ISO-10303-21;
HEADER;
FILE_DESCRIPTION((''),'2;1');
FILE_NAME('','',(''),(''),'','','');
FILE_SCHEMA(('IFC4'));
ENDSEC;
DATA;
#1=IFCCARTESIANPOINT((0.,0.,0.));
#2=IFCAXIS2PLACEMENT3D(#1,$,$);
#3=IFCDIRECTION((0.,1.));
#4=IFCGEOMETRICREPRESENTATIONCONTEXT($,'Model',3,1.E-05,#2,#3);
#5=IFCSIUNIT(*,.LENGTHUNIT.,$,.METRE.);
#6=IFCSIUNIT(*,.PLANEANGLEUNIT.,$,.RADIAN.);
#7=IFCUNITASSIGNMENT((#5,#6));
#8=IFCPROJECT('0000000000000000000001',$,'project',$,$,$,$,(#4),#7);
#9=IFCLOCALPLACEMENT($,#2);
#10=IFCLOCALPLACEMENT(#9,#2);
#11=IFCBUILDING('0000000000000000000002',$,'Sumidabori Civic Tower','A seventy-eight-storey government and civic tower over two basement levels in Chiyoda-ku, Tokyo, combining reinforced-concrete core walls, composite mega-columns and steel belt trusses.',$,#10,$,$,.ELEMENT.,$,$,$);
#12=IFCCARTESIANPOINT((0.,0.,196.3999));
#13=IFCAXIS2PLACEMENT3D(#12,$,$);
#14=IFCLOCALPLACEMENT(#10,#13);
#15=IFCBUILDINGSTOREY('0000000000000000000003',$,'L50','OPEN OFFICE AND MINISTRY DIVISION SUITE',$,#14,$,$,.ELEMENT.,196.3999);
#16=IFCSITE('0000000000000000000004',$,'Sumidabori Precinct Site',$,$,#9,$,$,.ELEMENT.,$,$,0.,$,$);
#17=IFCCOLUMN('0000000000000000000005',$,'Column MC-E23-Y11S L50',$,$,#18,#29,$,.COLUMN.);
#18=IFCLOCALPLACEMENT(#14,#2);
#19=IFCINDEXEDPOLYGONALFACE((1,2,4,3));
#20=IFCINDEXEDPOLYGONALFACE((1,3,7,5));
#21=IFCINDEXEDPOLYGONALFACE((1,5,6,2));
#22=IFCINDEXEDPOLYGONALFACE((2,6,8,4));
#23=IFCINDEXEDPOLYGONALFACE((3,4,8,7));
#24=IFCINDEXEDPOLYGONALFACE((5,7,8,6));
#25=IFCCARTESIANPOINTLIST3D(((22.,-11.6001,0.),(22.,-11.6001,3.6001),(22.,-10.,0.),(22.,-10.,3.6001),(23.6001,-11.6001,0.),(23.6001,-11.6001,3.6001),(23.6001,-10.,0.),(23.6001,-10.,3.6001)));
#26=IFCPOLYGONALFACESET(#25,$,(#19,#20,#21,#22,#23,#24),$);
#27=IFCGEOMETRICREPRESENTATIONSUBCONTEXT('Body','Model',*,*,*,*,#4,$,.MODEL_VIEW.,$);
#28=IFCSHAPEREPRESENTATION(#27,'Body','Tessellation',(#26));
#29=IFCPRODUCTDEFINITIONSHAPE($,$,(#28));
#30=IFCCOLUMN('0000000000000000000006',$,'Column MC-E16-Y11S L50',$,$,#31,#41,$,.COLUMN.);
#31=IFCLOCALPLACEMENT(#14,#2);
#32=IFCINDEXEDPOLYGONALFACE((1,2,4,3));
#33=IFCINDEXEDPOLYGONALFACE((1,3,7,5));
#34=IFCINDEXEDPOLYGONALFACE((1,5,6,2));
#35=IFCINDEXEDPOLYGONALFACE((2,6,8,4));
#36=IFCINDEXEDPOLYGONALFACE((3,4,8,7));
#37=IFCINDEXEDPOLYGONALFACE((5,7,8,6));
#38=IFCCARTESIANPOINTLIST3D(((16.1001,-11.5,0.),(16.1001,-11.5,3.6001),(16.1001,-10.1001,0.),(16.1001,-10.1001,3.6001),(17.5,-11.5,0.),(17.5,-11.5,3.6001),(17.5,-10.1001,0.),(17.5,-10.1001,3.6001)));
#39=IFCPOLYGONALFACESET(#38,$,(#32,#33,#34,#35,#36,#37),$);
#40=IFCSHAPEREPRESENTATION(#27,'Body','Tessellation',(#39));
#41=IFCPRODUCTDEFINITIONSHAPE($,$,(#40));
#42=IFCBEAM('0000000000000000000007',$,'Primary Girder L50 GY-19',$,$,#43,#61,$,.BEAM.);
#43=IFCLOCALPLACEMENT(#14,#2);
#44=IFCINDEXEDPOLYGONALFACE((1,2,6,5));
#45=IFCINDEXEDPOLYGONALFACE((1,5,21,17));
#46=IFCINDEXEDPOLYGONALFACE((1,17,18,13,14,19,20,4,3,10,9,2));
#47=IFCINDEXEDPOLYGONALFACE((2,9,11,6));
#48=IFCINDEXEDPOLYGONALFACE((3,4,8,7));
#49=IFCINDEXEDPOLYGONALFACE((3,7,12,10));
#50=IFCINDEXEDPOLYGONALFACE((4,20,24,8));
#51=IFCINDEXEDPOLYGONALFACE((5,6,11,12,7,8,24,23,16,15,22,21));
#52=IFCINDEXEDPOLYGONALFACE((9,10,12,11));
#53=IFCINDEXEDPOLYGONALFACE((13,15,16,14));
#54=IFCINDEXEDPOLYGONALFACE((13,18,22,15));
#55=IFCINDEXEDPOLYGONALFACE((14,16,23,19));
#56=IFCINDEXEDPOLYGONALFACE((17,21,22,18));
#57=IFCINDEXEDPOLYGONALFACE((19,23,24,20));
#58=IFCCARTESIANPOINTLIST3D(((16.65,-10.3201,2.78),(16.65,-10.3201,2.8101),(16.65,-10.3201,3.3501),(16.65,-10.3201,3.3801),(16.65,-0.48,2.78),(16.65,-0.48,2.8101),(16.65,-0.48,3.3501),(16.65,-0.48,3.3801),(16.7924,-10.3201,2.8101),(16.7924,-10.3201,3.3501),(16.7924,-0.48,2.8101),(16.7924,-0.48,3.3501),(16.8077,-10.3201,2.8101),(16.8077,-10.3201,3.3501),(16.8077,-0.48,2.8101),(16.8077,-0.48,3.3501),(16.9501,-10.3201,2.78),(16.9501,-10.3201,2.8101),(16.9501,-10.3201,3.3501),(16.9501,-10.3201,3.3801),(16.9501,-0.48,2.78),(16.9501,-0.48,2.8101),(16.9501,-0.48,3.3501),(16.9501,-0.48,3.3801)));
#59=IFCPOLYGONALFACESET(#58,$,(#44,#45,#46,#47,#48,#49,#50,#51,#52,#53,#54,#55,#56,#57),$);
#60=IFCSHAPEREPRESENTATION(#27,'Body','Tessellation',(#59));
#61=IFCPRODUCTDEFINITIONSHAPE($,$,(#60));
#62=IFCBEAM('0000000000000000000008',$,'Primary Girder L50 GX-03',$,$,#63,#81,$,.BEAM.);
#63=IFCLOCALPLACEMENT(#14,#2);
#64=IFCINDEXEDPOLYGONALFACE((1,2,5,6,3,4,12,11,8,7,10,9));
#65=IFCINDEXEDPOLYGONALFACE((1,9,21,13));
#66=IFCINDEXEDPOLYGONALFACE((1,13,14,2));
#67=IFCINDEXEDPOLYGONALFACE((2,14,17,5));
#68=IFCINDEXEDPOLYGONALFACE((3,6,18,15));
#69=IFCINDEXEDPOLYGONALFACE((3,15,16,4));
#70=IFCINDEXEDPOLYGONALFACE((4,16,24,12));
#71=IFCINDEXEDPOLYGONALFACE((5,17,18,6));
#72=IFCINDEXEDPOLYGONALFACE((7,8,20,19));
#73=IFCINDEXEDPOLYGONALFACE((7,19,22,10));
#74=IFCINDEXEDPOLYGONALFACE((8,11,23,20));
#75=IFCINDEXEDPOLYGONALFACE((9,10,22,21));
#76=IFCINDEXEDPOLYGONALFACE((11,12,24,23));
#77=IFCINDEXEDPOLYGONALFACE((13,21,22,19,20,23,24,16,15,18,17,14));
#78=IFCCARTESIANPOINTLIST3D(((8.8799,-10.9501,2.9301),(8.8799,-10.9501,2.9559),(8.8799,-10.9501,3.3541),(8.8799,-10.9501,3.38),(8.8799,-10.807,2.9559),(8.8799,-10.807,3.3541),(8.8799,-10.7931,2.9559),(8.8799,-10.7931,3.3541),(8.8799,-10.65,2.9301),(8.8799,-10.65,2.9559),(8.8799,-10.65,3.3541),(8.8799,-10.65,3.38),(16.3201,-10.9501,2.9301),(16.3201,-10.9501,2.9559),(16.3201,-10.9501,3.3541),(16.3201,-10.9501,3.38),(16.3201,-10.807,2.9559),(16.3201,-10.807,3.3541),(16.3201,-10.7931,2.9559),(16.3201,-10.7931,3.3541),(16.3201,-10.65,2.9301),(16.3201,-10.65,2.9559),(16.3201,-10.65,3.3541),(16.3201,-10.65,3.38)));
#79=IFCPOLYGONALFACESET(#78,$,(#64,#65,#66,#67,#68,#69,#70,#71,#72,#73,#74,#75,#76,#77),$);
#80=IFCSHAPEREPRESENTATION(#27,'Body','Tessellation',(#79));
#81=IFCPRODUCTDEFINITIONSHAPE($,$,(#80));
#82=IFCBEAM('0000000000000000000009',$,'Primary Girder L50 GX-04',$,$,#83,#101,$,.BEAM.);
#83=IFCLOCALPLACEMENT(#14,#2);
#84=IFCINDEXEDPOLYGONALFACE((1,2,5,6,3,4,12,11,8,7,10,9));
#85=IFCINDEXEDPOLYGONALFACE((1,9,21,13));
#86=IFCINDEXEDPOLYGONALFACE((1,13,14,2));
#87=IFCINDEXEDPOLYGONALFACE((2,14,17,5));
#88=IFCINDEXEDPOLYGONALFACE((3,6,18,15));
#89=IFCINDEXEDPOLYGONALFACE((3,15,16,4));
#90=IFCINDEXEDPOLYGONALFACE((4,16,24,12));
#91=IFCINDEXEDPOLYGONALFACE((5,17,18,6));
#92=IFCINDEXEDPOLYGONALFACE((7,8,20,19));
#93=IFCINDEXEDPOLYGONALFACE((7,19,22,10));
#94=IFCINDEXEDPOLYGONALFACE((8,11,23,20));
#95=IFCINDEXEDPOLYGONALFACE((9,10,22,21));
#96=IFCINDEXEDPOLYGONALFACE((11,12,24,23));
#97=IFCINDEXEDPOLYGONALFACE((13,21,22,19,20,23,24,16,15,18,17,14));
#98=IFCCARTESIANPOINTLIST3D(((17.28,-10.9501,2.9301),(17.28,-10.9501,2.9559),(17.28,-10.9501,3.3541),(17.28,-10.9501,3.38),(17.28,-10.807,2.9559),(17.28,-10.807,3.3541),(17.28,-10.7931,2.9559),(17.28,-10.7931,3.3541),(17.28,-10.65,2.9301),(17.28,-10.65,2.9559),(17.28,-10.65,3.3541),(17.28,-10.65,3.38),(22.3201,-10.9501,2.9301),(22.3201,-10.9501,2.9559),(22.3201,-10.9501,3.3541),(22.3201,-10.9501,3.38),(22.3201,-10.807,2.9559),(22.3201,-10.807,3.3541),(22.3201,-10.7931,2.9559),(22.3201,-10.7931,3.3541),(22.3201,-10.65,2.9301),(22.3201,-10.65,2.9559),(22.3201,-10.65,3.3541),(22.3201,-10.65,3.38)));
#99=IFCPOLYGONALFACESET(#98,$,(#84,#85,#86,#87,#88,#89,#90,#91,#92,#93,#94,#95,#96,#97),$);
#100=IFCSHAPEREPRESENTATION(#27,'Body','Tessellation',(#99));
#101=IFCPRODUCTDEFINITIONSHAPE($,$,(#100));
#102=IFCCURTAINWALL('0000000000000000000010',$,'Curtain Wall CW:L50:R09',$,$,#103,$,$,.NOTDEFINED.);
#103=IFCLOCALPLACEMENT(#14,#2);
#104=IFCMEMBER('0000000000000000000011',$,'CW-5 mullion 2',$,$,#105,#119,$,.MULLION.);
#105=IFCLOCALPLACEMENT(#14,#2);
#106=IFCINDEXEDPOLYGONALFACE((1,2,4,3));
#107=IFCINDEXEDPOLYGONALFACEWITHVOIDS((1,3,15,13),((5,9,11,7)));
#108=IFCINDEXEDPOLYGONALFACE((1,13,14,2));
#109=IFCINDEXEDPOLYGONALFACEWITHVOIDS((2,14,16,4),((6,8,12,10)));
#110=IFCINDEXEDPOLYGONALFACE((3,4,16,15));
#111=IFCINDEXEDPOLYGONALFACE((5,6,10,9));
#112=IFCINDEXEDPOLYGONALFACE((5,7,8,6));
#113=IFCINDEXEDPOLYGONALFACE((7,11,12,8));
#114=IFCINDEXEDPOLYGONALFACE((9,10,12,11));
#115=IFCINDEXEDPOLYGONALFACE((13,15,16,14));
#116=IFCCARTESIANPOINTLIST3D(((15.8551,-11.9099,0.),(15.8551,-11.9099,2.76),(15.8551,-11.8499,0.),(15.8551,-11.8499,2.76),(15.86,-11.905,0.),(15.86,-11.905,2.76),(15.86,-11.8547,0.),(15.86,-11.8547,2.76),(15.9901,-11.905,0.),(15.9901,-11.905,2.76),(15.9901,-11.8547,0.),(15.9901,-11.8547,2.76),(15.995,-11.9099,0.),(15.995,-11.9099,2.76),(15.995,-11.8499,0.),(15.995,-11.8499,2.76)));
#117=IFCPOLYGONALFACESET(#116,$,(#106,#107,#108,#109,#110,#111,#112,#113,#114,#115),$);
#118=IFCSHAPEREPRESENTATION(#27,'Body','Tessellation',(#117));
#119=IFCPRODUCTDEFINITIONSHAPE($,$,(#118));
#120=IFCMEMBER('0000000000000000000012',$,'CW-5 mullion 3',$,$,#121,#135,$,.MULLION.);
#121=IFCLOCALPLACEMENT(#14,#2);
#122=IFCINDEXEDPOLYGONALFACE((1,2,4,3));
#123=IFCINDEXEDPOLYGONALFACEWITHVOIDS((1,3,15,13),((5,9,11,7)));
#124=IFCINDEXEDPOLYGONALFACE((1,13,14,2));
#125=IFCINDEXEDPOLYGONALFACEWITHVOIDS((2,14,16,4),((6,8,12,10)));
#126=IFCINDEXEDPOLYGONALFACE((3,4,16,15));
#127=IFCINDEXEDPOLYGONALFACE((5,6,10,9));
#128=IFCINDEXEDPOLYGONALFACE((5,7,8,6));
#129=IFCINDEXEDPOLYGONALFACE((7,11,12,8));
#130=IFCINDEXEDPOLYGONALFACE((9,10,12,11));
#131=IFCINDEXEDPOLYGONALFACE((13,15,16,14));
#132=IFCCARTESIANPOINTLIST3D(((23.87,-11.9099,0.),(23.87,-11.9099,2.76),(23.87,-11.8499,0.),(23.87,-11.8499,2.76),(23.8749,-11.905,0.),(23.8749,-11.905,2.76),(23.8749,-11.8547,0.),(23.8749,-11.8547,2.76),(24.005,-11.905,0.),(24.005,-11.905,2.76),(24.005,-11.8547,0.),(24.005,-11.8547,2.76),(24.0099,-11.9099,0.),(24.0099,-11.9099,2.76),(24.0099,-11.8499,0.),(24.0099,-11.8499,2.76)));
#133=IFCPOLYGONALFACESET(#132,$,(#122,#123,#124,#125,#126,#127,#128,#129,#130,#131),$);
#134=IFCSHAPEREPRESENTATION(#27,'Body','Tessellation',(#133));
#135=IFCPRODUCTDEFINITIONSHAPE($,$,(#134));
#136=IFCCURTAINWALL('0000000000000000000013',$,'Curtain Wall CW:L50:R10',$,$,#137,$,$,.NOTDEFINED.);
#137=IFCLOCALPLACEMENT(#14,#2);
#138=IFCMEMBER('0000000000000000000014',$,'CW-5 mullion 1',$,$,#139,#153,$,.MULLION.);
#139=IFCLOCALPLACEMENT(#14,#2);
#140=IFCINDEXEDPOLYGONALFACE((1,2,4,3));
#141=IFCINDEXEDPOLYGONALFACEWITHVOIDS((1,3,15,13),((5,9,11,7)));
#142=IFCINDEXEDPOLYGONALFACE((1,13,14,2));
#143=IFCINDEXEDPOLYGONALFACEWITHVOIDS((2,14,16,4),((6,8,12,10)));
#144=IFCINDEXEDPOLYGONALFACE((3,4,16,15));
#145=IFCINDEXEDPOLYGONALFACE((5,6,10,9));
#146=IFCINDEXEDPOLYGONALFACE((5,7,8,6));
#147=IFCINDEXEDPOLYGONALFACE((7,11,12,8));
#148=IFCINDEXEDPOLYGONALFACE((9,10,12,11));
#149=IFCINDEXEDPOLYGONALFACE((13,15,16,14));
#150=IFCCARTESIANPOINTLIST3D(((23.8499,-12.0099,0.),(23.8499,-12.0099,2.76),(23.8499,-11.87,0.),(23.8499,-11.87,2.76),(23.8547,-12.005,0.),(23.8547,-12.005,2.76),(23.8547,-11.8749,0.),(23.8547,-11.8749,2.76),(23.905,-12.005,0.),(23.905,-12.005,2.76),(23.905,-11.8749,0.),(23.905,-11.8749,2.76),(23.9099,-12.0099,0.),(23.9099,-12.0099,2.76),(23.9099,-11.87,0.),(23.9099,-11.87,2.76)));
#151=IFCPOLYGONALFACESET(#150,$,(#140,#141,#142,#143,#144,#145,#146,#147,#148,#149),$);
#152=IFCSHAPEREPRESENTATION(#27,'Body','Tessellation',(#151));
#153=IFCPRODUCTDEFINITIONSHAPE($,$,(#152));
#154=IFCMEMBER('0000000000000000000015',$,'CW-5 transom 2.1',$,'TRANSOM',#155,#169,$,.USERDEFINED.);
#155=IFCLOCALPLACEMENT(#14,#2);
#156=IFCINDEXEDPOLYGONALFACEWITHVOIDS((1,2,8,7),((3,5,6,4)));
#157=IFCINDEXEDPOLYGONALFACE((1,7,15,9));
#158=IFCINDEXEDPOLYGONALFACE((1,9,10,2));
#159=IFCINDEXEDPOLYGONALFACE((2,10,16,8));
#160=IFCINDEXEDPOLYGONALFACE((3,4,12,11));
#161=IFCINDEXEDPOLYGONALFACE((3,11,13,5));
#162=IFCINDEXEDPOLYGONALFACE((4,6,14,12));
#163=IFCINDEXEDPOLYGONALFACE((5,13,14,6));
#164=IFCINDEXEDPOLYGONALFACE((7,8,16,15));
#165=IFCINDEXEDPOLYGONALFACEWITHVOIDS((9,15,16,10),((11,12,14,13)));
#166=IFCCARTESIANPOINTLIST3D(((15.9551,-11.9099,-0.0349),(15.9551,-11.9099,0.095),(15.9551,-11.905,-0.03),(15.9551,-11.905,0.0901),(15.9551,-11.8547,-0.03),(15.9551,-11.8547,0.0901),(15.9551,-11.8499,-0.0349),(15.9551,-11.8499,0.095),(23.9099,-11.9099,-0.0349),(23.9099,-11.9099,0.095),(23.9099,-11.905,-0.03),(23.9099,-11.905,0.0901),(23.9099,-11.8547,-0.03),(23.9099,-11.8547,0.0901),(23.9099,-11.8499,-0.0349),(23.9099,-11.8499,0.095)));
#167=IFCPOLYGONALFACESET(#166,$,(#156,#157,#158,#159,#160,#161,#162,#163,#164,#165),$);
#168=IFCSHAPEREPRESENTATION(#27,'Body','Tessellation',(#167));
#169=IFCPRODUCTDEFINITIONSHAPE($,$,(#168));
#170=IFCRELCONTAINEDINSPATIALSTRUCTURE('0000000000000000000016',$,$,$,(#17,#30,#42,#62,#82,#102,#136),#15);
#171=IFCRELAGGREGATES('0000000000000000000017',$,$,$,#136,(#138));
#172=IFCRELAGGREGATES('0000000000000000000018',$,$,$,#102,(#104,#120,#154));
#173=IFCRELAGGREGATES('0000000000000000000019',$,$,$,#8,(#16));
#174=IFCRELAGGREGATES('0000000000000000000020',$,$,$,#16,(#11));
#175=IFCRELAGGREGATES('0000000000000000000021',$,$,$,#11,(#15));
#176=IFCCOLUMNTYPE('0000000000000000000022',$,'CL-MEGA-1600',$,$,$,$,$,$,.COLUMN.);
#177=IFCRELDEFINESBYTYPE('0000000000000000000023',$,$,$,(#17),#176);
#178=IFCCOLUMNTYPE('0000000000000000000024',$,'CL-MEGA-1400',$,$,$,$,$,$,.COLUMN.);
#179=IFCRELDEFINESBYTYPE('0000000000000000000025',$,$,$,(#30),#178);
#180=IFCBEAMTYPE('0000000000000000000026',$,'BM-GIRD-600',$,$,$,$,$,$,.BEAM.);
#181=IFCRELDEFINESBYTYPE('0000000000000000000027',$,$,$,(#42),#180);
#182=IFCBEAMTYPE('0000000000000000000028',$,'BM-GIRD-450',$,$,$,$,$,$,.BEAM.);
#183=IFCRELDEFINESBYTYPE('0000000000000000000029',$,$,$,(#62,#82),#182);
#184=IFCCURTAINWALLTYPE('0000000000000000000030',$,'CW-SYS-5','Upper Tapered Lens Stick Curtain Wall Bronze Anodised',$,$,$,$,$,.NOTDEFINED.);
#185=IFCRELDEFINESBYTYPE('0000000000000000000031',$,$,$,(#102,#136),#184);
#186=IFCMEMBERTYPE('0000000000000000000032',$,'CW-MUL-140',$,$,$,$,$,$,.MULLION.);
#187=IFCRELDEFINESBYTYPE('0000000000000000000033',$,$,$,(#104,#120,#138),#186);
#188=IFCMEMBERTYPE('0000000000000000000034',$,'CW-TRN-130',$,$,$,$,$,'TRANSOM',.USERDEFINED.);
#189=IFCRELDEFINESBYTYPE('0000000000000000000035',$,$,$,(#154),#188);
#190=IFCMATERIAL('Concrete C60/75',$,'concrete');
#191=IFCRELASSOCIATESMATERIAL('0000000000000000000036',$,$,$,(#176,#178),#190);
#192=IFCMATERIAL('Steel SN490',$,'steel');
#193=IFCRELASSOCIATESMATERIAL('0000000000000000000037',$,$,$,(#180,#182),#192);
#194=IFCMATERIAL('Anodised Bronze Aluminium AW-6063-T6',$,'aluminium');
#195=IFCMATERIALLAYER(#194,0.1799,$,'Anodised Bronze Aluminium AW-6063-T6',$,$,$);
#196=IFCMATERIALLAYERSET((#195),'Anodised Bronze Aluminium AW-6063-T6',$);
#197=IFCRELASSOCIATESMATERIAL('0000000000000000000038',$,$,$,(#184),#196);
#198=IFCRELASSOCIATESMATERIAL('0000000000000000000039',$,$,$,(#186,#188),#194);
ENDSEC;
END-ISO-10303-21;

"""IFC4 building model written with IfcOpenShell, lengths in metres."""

from ifc_helpers import new_model, si_unit, direction, frame, origin, origin_2d, place, context, subcontext, project, spatial, rectangle, hollow_rectangle, i_section, extrude, source, transform, mapped, material, layer, layer_set, material_profile, profile_set, type_object, element, aggregate, save


model = new_model("IFC4")

# Units and contexts
model_context = context("Model", 3, precision=1e-05, world=origin(), true_north=direction((0.0, 1.0)))
body_context = subcontext(model_context, "Body", "Model", "MODEL_VIEW")
ifc_project = project(units=[si_unit("LENGTHUNIT", "METRE"), si_unit("PLANEANGLEUNIT", "RADIAN")], contexts=[model_context])

# Site, building, storey
site_placement = place(None, origin())
site = spatial("IfcSite", under=ifc_project, at=site_placement, Name="Sumidabori Precinct Site", CompositionType="ELEMENT", RefElevation=0.0)
building_placement = place(site_placement, origin())
building = spatial("IfcBuilding", under=site, at=building_placement, Name="Sumidabori Civic Tower", Description="A seventy-eight-storey government and civic tower over two basement levels in Chiyoda-ku, Tokyo, combining reinforced-concrete core walls, composite mega-columns and steel belt trusses.", CompositionType="ELEMENT")
storey_placement = place(building_placement, frame((0.0, 0.0, 196.3999)))
storey = spatial("IfcBuildingStorey", under=building, at=storey_placement, Name="L50", Description="OPEN OFFICE AND MINISTRY DIVISION SUITE", CompositionType="ELEMENT", Elevation=196.3999)

# Columns
ifc_material_1 = material(Name="Concrete C60/75", Category="concrete")
ifc_material_profile_1 = material_profile(ifc_material_1, rectangle(XDim=1.6001, YDim=1.6001, at=origin_2d()), Name="RC 1600x1600")
ifc_profile_set_1 = profile_set([ifc_material_profile_1], Name="Concrete C60/75")
column_type_1 = type_object("IfcColumnType", Name="CL-MEGA-1600", PredefinedType="COLUMN", material=ifc_profile_set_1)
shared_shape_1 = source(origin(), body_context, "Body", "SweptSolid", [
    extrude(rectangle(XDim=1.6001, YDim=1.6001, at=origin_2d()), origin(), (0.0, 0.0, 1.0), 3.6001),
])
column_1_placement = place(storey_placement, frame((22.8, -10.8, 0.0), z_axis=(0.0, 0.0, 1.0), x_axis=(1.0, 0.0, 0.0)))
element("IfcColumn", 1, at=column_1_placement, inside=storey, type_object=column_type_1, Name="Column MC-E23-Y11S L50", PredefinedType="COLUMN", context=body_context, shape_type="MappedRepresentation", body=[
    mapped(shared_shape_1, transform((0.0, 0.0, 0.0), x_axis=(1.0, 0.0, 0.0), y_axis=(0.0, 1.0, 0.0), z_axis=(0.0, 0.0, 1.0), scale=1.0)),
])
ifc_material_profile_2 = material_profile(ifc_material_1, rectangle(XDim=1.3999, YDim=1.3999, at=origin_2d()), Name="RC 1400x1400")
ifc_profile_set_2 = profile_set([ifc_material_profile_2], Name="Concrete C60/75")
column_type_2 = type_object("IfcColumnType", Name="CL-MEGA-1400", PredefinedType="COLUMN", material=ifc_profile_set_2)
shared_shape_2 = source(origin(), body_context, "Body", "SweptSolid", [
    extrude(rectangle(XDim=1.3999, YDim=1.3999, at=origin_2d()), origin(), (0.0, 0.0, 1.0), 3.6001),
])
column_2_placement = place(storey_placement, frame((16.8, -10.8, 0.0), z_axis=(0.0, 0.0, 1.0), x_axis=(1.0, 0.0, 0.0)))
element("IfcColumn", 2, at=column_2_placement, inside=storey, type_object=column_type_2, Name="Column MC-E16-Y11S L50", PredefinedType="COLUMN", context=body_context, shape_type="MappedRepresentation", body=[
    mapped(shared_shape_2, transform((0.0, 0.0, 0.0), x_axis=(1.0, 0.0, 0.0), y_axis=(0.0, 1.0, 0.0), z_axis=(0.0, 0.0, 1.0), scale=1.0)),
])

# Beams
ifc_material_2 = material(Name="Steel SN490", Category="steel")
ifc_material_profile_3 = material_profile(ifc_material_2, i_section(OverallWidth=0.3, OverallDepth=0.6001, WebThickness=0.0154, FlangeThickness=0.03, at=origin_2d()), Name="HE 600 B")
ifc_profile_set_3 = profile_set([ifc_material_profile_3], Name="Steel SN490")
beam_type_1 = type_object("IfcBeamType", Name="BM-GIRD-600", PredefinedType="BEAM", material=ifc_profile_set_3)
shared_shape_3 = source(origin(), body_context, "Body", "SweptSolid", [
    extrude(i_section(OverallWidth=0.3, OverallDepth=0.6001, WebThickness=0.0154, FlangeThickness=0.03, at=origin_2d()), origin(), (0.0, 0.0, 1.0), 9.8401),
])
beam_1_placement = place(storey_placement, frame((16.8, -10.3201, 3.0801), z_axis=(0.0, 1.0, 0.0), x_axis=(-1.0, 0.0, 0.0)))
element("IfcBeam", 3, at=beam_1_placement, inside=storey, type_object=beam_type_1, Name="Primary Girder L50 GY-19", PredefinedType="BEAM", context=body_context, shape_type="MappedRepresentation", body=[
    mapped(shared_shape_3, transform((0.0, 0.0, 0.0), x_axis=(1.0, 0.0, 0.0), y_axis=(0.0, 1.0, 0.0), z_axis=(0.0, 0.0, 1.0), scale=1.0)),
])
ifc_material_profile_4 = material_profile(ifc_material_2, i_section(OverallWidth=0.3, OverallDepth=0.45, WebThickness=0.0139, FlangeThickness=0.0259, at=origin_2d()), Name="HE 450 B")
ifc_profile_set_4 = profile_set([ifc_material_profile_4], Name="Steel SN490")
beam_type_2 = type_object("IfcBeamType", Name="BM-GIRD-450", PredefinedType="BEAM", material=ifc_profile_set_4)
shared_shape_4 = source(origin(), body_context, "Body", "SweptSolid", [
    extrude(i_section(OverallWidth=0.3, OverallDepth=0.45, WebThickness=0.0139, FlangeThickness=0.0259, at=origin_2d()), origin(), (0.0, 0.0, 1.0), 7.4402),
])
beam_2_placement = place(storey_placement, frame((8.8799, -10.8, 3.155), z_axis=(1.0, 0.0, 0.0), x_axis=(0.0, 1.0, 0.0)))
element("IfcBeam", 4, at=beam_2_placement, inside=storey, type_object=beam_type_2, Name="Primary Girder L50 GX-03", PredefinedType="BEAM", context=body_context, shape_type="MappedRepresentation", body=[
    mapped(shared_shape_4, transform((0.0, 0.0, 0.0), x_axis=(1.0, 0.0, 0.0), y_axis=(0.0, 1.0, 0.0), z_axis=(0.0, 0.0, 1.0), scale=1.0)),
])
shared_shape_5 = source(origin(), body_context, "Body", "SweptSolid", [
    extrude(i_section(OverallWidth=0.3, OverallDepth=0.45, WebThickness=0.0139, FlangeThickness=0.0259, at=origin_2d()), origin(), (0.0, 0.0, 1.0), 5.04),
])
beam_3_placement = place(storey_placement, frame((17.28, -10.8, 3.155), z_axis=(1.0, 0.0, 0.0), x_axis=(0.0, 1.0, 0.0)))
element("IfcBeam", 5, at=beam_3_placement, inside=storey, type_object=beam_type_2, Name="Primary Girder L50 GX-04", PredefinedType="BEAM", context=body_context, shape_type="MappedRepresentation", body=[
    mapped(shared_shape_5, transform((0.0, 0.0, 0.0), x_axis=(1.0, 0.0, 0.0), y_axis=(0.0, 1.0, 0.0), z_axis=(0.0, 0.0, 1.0), scale=1.0)),
])

# Curtain wall, members
ifc_material_3 = material(Name="Anodised Bronze Aluminium AW-6063-T6", Category="aluminium")
ifc_layer_1 = layer(ifc_material_3, 0.1799, Name="Anodised Bronze Aluminium AW-6063-T6")
ifc_layer_set_1 = layer_set([ifc_layer_1], Name="Anodised Bronze Aluminium AW-6063-T6")
curtain_wall_type = type_object("IfcCurtainWallType", Name="CW-SYS-5", Description="Upper Tapered Lens Stick Curtain Wall Bronze Anodised", PredefinedType="NOTDEFINED", material=ifc_layer_set_1)
curtain_wall_1_placement = place(storey_placement, origin())
curtain_wall_1 = element("IfcCurtainWall", 6, at=curtain_wall_1_placement, inside=storey, type_object=curtain_wall_type, Name="Curtain Wall CW:L50:R09", PredefinedType="NOTDEFINED")
ifc_material_profile_5 = material_profile(ifc_material_3, hollow_rectangle(XDim=0.0601, YDim=0.1399, WallThickness=0.0049, at=origin_2d()), Name="ALU MULLION 140x60")
ifc_profile_set_5 = profile_set([ifc_material_profile_5], Name="Anodised Bronze Aluminium AW-6063-T6")
member_type_1 = type_object("IfcMemberType", Name="CW-MUL-140", PredefinedType="MULLION", material=ifc_profile_set_5)
shared_shape_6 = source(origin(), body_context, "Body", "SweptSolid", [
    extrude(hollow_rectangle(XDim=0.0601, YDim=0.1399, WallThickness=0.0049, at=origin_2d()), origin(), (0.0, 0.0, 1.0), 2.76),
])
member_1_placement = place(storey_placement, frame((15.925, -11.8799, 0.0), z_axis=(0.0, 0.0, 1.0), x_axis=(0.0, 1.0, 0.0)))
member_1 = element("IfcMember", 7, at=member_1_placement, type_object=member_type_1, Name="CW-5 mullion 2", PredefinedType="MULLION", context=body_context, shape_type="MappedRepresentation", body=[
    mapped(shared_shape_6, transform((0.0, 0.0, 0.0), x_axis=(1.0, 0.0, 0.0), y_axis=(0.0, 1.0, 0.0), z_axis=(0.0, 0.0, 1.0), scale=1.0)),
])
member_2_placement = place(storey_placement, frame((23.9399, -11.8799, 0.0), z_axis=(0.0, 0.0, 1.0), x_axis=(0.0, 1.0, 0.0)))
member_2 = element("IfcMember", 8, at=member_2_placement, type_object=member_type_1, Name="CW-5 mullion 3", PredefinedType="MULLION", context=body_context, shape_type="MappedRepresentation", body=[
    mapped(shared_shape_6, transform((0.0, 0.0, 0.0), x_axis=(1.0, 0.0, 0.0), y_axis=(0.0, 1.0, 0.0), z_axis=(0.0, 0.0, 1.0), scale=1.0)),
])

# Curtain wall, member
curtain_wall_2_placement = place(storey_placement, origin())
curtain_wall_2 = element("IfcCurtainWall", 9, at=curtain_wall_2_placement, inside=storey, type_object=curtain_wall_type, Name="Curtain Wall CW:L50:R10", PredefinedType="NOTDEFINED")
member_3_placement = place(storey_placement, frame((23.8799, -11.9399, 0.0), z_axis=(0.0, 0.0, 1.0), x_axis=(-1.0, 0.0, 0.0)))
member_3 = element("IfcMember", 10, at=member_3_placement, type_object=member_type_1, Name="CW-5 mullion 1", PredefinedType="MULLION", context=body_context, shape_type="MappedRepresentation", body=[
    mapped(shared_shape_6, transform((0.0, 0.0, 0.0), x_axis=(1.0, 0.0, 0.0), y_axis=(0.0, 1.0, 0.0), z_axis=(0.0, 0.0, 1.0), scale=1.0)),
])

# Member
ifc_material_profile_6 = material_profile(ifc_material_3, hollow_rectangle(XDim=0.0601, YDim=0.1299, WallThickness=0.0049, at=origin_2d()), Name="ALU TRANSOM 130x60")
ifc_profile_set_6 = profile_set([ifc_material_profile_6], Name="Anodised Bronze Aluminium AW-6063-T6")
member_type_2 = type_object("IfcMemberType", Name="CW-TRN-130", ElementType="TRANSOM", PredefinedType="USERDEFINED", material=ifc_profile_set_6)
shared_shape_7 = source(origin(), body_context, "Body", "SweptSolid", [
    extrude(hollow_rectangle(XDim=0.0601, YDim=0.1299, WallThickness=0.0049, at=origin_2d()), origin(), (0.0, 0.0, 1.0), 7.9548),
])
member_4_placement = place(storey_placement, frame((15.9551, -11.8799, 0.03), z_axis=(1.0, 0.0, 0.0), x_axis=(0.0, 1.0, 0.0)))
member_4 = element("IfcMember", 11, at=member_4_placement, type_object=member_type_2, Name="CW-5 transom 2.1", ObjectType="TRANSOM", PredefinedType="USERDEFINED", context=body_context, shape_type="MappedRepresentation", body=[
    mapped(shared_shape_7, transform((0.0, 0.0, 0.0), x_axis=(1.0, 0.0, 0.0), y_axis=(0.0, 1.0, 0.0), z_axis=(0.0, 0.0, 1.0), scale=1.0)),
])
aggregate(curtain_wall_2, [member_3])

aggregate(curtain_wall_1, [member_1, member_2, member_4])

save(model, "model.ifc")
